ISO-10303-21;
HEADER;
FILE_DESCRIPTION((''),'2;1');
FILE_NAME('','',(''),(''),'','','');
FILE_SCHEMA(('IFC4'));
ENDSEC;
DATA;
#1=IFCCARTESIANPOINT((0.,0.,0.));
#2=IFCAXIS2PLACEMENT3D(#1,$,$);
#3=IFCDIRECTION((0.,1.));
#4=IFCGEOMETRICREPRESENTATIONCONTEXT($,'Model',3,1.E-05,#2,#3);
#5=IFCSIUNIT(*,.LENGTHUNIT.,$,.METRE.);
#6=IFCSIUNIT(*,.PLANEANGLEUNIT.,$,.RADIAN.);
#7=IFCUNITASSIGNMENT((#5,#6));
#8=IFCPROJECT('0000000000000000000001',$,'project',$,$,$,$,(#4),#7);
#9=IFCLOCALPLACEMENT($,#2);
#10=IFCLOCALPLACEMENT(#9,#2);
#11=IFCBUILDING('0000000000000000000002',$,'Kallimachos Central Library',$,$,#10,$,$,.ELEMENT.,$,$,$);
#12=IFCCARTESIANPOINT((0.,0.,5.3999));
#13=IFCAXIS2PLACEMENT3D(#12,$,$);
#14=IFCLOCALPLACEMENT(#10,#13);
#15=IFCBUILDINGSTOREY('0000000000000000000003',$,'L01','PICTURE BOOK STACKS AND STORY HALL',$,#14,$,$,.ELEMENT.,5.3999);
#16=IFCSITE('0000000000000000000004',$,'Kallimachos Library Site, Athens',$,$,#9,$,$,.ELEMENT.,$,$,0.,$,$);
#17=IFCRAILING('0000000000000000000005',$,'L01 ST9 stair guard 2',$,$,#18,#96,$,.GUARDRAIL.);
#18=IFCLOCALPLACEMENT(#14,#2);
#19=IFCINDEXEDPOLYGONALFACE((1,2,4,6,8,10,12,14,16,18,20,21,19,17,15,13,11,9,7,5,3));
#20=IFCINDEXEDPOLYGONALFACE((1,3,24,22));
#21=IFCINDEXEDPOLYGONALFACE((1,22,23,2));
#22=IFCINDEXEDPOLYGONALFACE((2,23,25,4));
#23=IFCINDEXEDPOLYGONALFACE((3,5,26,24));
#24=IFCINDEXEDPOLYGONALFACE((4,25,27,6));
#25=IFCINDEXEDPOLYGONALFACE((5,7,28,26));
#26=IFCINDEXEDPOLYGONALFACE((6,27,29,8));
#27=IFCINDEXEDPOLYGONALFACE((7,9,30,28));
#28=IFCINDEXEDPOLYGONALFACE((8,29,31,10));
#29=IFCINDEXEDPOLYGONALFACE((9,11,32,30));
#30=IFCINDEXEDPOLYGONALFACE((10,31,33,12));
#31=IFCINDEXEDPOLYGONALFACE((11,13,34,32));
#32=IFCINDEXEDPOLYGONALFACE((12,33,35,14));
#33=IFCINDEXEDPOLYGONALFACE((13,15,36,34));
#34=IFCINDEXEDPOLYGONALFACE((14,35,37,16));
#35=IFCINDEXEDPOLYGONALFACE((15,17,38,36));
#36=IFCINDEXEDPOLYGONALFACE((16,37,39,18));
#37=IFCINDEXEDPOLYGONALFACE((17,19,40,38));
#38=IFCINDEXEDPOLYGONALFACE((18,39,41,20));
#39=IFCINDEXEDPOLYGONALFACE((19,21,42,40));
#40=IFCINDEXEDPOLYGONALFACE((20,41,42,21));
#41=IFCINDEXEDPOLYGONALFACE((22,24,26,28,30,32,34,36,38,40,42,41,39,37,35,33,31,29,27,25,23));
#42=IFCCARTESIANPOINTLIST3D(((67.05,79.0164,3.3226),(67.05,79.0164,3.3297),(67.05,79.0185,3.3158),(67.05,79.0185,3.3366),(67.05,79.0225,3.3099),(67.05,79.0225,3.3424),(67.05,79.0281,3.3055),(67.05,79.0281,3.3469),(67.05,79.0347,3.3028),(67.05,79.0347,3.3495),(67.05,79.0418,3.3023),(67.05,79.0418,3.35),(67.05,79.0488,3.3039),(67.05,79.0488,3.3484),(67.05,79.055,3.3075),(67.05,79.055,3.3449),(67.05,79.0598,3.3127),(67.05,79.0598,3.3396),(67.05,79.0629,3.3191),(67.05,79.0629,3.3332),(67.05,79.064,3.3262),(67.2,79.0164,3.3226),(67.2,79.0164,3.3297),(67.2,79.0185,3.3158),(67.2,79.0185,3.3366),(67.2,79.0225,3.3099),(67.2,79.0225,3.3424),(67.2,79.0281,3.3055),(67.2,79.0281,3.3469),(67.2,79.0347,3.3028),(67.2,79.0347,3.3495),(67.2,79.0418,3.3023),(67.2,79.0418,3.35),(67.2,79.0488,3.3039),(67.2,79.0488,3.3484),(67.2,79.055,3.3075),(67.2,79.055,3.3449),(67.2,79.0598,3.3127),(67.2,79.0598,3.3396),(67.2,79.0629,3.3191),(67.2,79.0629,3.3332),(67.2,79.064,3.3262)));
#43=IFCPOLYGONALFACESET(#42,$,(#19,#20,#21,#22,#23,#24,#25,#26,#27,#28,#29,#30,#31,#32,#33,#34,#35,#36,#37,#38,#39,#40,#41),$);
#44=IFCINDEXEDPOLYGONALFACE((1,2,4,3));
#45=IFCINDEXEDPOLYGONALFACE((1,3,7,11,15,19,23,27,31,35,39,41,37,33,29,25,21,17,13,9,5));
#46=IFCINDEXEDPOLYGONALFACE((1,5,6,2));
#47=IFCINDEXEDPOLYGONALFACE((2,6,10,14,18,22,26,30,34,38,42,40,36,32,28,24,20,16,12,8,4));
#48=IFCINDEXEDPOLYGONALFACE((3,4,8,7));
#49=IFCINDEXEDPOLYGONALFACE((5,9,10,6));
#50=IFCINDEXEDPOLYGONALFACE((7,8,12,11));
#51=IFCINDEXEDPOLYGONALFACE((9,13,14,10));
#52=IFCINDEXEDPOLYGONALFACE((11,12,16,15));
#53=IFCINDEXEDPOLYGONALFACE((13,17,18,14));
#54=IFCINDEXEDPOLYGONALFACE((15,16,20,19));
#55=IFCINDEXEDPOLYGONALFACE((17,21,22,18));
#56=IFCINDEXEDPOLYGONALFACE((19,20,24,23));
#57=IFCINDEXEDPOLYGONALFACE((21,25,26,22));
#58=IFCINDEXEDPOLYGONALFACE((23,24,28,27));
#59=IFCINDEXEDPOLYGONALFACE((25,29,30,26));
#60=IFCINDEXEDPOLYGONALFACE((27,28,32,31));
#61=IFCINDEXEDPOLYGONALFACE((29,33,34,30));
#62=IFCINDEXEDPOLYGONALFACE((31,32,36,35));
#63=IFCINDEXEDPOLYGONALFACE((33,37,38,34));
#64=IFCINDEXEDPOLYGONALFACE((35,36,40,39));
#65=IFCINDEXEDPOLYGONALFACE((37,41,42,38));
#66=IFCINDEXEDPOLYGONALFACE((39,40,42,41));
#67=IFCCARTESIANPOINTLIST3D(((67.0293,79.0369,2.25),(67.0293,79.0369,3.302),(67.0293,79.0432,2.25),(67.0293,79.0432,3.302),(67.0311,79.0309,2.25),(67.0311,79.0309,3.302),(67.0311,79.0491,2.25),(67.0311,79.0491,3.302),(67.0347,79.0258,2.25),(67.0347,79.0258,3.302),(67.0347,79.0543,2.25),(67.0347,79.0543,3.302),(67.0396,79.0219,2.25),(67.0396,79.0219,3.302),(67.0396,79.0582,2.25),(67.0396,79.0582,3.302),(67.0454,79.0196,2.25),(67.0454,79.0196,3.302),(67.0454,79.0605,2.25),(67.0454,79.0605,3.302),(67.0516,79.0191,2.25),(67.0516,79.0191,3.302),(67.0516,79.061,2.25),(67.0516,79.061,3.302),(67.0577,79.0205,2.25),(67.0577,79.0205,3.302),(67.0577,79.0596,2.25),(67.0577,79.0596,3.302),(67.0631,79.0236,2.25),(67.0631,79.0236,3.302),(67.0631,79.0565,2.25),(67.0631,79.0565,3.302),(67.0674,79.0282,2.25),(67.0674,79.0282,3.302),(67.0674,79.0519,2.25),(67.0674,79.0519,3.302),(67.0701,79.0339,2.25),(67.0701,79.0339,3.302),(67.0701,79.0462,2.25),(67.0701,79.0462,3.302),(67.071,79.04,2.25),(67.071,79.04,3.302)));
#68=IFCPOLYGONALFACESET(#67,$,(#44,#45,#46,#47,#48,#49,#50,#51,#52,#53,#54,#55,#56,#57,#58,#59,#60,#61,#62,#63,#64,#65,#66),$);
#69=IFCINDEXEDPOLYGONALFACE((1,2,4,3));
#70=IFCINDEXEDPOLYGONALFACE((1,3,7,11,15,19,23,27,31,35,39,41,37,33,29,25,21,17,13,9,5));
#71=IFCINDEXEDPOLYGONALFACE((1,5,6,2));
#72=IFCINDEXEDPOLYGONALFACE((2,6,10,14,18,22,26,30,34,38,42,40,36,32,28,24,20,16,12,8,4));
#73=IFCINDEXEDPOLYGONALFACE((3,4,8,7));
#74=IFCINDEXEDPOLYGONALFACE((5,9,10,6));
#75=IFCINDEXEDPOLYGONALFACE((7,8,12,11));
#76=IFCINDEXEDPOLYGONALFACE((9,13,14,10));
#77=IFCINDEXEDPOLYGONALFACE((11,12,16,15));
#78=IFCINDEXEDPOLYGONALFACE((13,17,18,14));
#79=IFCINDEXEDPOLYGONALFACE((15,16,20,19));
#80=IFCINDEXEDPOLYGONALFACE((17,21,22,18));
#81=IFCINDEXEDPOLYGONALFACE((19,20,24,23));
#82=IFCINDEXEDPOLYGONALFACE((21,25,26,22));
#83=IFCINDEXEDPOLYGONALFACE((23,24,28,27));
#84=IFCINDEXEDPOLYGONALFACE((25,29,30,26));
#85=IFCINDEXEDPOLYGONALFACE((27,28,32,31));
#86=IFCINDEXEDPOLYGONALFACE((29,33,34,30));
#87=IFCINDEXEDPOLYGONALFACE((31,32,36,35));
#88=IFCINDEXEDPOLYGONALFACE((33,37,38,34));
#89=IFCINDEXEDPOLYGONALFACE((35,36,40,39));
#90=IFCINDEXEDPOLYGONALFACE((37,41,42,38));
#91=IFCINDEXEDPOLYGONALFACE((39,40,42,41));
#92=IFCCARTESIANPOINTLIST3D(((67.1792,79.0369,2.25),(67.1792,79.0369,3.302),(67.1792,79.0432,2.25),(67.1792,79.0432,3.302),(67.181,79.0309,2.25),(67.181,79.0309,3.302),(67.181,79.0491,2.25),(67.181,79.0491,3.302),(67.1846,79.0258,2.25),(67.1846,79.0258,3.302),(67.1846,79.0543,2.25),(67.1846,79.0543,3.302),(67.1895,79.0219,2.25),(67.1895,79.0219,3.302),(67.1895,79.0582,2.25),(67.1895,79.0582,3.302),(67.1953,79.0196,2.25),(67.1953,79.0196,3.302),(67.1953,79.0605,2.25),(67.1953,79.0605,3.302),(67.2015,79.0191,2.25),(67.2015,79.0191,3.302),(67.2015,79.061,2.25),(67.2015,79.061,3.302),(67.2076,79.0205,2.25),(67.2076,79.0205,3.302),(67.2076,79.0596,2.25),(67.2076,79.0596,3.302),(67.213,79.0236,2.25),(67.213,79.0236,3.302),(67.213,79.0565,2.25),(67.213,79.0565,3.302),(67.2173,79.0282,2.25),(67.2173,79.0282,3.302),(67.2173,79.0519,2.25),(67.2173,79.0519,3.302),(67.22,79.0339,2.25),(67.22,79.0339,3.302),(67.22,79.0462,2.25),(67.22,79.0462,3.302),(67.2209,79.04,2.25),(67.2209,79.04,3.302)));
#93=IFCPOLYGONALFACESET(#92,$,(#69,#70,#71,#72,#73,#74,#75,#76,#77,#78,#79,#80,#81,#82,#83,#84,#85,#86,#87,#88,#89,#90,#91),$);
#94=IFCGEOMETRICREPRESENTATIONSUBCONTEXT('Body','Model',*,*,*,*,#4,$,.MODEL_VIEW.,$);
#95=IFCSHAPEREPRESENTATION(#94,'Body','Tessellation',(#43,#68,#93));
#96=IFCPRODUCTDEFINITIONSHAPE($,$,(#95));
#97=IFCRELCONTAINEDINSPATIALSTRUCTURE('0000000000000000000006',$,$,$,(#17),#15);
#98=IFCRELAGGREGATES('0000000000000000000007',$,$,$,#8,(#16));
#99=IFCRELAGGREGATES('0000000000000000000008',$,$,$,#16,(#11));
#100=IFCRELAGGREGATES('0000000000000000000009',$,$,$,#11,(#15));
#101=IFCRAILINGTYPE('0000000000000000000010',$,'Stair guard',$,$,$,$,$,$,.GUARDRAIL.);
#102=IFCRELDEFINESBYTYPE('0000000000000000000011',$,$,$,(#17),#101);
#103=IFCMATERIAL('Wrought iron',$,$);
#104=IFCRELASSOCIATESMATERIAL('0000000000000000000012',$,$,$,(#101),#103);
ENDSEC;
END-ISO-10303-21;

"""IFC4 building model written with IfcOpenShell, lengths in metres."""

from ifc_helpers import new_model, si_unit, direction, frame, origin, origin_2d, place, context, subcontext, project, spatial, circle, extrude, material, type_object, element, save


model = new_model("IFC4")

# Units and contexts
model_context = context("Model", 3, precision=1e-05, world=origin(), true_north=direction((0.0, 1.0)))
body_context = subcontext(model_context, "Body", "Model", "MODEL_VIEW")
ifc_project = project(units=[si_unit("LENGTHUNIT", "METRE"), si_unit("PLANEANGLEUNIT", "RADIAN")], contexts=[model_context])

# Site, building, storey
site_placement = place(None, origin())
site = spatial("IfcSite", under=ifc_project, at=site_placement, Name="Kallimachos Library Site, Athens", CompositionType="ELEMENT", RefElevation=0.0)
building_placement = place(site_placement, origin())
building = spatial("IfcBuilding", under=site, at=building_placement, Name="Kallimachos Central Library", CompositionType="ELEMENT")
storey_placement = place(building_placement, frame((0.0, 0.0, 5.3999)))
storey = spatial("IfcBuildingStorey", under=building, at=storey_placement, Name="L01", Description="PICTURE BOOK STACKS AND STORY HALL", CompositionType="ELEMENT", Elevation=5.3999)

# Railing
ifc_material_1 = material(Name="Wrought iron")
railing_type_1 = type_object("IfcRailingType", Name="Stair guard", PredefinedType="GUARDRAIL", material=ifc_material_1)
railing_1_placement = place(storey_placement, frame((67.05, 79.04, 2.25)))
element("IfcRailing", 1, at=railing_1_placement, inside=storey, type_object=railing_type_1, Name="L01 ST9 stair guard 2", PredefinedType="GUARDRAIL", context=body_context, shape_type="SweptSolid", body=[
    extrude(circle(Radius=0.0239, at=origin_2d()), frame((0.0, 0.0, 1.0762), z_axis=(1.0, 0.0, 0.0), x_axis=(0.0, 1.0, 0.0)), (0.0, 0.0, 1.0), 0.1499),
    extrude(circle(Radius=0.021, at=origin_2d()), origin(), (0.0, 0.0, 1.0), 1.052),
    extrude(circle(Radius=0.021, at=origin_2d()), frame((0.1499, 0.0, 0.0)), (0.0, 0.0, 1.0), 1.052),
])

save(model, "model.ifc")
